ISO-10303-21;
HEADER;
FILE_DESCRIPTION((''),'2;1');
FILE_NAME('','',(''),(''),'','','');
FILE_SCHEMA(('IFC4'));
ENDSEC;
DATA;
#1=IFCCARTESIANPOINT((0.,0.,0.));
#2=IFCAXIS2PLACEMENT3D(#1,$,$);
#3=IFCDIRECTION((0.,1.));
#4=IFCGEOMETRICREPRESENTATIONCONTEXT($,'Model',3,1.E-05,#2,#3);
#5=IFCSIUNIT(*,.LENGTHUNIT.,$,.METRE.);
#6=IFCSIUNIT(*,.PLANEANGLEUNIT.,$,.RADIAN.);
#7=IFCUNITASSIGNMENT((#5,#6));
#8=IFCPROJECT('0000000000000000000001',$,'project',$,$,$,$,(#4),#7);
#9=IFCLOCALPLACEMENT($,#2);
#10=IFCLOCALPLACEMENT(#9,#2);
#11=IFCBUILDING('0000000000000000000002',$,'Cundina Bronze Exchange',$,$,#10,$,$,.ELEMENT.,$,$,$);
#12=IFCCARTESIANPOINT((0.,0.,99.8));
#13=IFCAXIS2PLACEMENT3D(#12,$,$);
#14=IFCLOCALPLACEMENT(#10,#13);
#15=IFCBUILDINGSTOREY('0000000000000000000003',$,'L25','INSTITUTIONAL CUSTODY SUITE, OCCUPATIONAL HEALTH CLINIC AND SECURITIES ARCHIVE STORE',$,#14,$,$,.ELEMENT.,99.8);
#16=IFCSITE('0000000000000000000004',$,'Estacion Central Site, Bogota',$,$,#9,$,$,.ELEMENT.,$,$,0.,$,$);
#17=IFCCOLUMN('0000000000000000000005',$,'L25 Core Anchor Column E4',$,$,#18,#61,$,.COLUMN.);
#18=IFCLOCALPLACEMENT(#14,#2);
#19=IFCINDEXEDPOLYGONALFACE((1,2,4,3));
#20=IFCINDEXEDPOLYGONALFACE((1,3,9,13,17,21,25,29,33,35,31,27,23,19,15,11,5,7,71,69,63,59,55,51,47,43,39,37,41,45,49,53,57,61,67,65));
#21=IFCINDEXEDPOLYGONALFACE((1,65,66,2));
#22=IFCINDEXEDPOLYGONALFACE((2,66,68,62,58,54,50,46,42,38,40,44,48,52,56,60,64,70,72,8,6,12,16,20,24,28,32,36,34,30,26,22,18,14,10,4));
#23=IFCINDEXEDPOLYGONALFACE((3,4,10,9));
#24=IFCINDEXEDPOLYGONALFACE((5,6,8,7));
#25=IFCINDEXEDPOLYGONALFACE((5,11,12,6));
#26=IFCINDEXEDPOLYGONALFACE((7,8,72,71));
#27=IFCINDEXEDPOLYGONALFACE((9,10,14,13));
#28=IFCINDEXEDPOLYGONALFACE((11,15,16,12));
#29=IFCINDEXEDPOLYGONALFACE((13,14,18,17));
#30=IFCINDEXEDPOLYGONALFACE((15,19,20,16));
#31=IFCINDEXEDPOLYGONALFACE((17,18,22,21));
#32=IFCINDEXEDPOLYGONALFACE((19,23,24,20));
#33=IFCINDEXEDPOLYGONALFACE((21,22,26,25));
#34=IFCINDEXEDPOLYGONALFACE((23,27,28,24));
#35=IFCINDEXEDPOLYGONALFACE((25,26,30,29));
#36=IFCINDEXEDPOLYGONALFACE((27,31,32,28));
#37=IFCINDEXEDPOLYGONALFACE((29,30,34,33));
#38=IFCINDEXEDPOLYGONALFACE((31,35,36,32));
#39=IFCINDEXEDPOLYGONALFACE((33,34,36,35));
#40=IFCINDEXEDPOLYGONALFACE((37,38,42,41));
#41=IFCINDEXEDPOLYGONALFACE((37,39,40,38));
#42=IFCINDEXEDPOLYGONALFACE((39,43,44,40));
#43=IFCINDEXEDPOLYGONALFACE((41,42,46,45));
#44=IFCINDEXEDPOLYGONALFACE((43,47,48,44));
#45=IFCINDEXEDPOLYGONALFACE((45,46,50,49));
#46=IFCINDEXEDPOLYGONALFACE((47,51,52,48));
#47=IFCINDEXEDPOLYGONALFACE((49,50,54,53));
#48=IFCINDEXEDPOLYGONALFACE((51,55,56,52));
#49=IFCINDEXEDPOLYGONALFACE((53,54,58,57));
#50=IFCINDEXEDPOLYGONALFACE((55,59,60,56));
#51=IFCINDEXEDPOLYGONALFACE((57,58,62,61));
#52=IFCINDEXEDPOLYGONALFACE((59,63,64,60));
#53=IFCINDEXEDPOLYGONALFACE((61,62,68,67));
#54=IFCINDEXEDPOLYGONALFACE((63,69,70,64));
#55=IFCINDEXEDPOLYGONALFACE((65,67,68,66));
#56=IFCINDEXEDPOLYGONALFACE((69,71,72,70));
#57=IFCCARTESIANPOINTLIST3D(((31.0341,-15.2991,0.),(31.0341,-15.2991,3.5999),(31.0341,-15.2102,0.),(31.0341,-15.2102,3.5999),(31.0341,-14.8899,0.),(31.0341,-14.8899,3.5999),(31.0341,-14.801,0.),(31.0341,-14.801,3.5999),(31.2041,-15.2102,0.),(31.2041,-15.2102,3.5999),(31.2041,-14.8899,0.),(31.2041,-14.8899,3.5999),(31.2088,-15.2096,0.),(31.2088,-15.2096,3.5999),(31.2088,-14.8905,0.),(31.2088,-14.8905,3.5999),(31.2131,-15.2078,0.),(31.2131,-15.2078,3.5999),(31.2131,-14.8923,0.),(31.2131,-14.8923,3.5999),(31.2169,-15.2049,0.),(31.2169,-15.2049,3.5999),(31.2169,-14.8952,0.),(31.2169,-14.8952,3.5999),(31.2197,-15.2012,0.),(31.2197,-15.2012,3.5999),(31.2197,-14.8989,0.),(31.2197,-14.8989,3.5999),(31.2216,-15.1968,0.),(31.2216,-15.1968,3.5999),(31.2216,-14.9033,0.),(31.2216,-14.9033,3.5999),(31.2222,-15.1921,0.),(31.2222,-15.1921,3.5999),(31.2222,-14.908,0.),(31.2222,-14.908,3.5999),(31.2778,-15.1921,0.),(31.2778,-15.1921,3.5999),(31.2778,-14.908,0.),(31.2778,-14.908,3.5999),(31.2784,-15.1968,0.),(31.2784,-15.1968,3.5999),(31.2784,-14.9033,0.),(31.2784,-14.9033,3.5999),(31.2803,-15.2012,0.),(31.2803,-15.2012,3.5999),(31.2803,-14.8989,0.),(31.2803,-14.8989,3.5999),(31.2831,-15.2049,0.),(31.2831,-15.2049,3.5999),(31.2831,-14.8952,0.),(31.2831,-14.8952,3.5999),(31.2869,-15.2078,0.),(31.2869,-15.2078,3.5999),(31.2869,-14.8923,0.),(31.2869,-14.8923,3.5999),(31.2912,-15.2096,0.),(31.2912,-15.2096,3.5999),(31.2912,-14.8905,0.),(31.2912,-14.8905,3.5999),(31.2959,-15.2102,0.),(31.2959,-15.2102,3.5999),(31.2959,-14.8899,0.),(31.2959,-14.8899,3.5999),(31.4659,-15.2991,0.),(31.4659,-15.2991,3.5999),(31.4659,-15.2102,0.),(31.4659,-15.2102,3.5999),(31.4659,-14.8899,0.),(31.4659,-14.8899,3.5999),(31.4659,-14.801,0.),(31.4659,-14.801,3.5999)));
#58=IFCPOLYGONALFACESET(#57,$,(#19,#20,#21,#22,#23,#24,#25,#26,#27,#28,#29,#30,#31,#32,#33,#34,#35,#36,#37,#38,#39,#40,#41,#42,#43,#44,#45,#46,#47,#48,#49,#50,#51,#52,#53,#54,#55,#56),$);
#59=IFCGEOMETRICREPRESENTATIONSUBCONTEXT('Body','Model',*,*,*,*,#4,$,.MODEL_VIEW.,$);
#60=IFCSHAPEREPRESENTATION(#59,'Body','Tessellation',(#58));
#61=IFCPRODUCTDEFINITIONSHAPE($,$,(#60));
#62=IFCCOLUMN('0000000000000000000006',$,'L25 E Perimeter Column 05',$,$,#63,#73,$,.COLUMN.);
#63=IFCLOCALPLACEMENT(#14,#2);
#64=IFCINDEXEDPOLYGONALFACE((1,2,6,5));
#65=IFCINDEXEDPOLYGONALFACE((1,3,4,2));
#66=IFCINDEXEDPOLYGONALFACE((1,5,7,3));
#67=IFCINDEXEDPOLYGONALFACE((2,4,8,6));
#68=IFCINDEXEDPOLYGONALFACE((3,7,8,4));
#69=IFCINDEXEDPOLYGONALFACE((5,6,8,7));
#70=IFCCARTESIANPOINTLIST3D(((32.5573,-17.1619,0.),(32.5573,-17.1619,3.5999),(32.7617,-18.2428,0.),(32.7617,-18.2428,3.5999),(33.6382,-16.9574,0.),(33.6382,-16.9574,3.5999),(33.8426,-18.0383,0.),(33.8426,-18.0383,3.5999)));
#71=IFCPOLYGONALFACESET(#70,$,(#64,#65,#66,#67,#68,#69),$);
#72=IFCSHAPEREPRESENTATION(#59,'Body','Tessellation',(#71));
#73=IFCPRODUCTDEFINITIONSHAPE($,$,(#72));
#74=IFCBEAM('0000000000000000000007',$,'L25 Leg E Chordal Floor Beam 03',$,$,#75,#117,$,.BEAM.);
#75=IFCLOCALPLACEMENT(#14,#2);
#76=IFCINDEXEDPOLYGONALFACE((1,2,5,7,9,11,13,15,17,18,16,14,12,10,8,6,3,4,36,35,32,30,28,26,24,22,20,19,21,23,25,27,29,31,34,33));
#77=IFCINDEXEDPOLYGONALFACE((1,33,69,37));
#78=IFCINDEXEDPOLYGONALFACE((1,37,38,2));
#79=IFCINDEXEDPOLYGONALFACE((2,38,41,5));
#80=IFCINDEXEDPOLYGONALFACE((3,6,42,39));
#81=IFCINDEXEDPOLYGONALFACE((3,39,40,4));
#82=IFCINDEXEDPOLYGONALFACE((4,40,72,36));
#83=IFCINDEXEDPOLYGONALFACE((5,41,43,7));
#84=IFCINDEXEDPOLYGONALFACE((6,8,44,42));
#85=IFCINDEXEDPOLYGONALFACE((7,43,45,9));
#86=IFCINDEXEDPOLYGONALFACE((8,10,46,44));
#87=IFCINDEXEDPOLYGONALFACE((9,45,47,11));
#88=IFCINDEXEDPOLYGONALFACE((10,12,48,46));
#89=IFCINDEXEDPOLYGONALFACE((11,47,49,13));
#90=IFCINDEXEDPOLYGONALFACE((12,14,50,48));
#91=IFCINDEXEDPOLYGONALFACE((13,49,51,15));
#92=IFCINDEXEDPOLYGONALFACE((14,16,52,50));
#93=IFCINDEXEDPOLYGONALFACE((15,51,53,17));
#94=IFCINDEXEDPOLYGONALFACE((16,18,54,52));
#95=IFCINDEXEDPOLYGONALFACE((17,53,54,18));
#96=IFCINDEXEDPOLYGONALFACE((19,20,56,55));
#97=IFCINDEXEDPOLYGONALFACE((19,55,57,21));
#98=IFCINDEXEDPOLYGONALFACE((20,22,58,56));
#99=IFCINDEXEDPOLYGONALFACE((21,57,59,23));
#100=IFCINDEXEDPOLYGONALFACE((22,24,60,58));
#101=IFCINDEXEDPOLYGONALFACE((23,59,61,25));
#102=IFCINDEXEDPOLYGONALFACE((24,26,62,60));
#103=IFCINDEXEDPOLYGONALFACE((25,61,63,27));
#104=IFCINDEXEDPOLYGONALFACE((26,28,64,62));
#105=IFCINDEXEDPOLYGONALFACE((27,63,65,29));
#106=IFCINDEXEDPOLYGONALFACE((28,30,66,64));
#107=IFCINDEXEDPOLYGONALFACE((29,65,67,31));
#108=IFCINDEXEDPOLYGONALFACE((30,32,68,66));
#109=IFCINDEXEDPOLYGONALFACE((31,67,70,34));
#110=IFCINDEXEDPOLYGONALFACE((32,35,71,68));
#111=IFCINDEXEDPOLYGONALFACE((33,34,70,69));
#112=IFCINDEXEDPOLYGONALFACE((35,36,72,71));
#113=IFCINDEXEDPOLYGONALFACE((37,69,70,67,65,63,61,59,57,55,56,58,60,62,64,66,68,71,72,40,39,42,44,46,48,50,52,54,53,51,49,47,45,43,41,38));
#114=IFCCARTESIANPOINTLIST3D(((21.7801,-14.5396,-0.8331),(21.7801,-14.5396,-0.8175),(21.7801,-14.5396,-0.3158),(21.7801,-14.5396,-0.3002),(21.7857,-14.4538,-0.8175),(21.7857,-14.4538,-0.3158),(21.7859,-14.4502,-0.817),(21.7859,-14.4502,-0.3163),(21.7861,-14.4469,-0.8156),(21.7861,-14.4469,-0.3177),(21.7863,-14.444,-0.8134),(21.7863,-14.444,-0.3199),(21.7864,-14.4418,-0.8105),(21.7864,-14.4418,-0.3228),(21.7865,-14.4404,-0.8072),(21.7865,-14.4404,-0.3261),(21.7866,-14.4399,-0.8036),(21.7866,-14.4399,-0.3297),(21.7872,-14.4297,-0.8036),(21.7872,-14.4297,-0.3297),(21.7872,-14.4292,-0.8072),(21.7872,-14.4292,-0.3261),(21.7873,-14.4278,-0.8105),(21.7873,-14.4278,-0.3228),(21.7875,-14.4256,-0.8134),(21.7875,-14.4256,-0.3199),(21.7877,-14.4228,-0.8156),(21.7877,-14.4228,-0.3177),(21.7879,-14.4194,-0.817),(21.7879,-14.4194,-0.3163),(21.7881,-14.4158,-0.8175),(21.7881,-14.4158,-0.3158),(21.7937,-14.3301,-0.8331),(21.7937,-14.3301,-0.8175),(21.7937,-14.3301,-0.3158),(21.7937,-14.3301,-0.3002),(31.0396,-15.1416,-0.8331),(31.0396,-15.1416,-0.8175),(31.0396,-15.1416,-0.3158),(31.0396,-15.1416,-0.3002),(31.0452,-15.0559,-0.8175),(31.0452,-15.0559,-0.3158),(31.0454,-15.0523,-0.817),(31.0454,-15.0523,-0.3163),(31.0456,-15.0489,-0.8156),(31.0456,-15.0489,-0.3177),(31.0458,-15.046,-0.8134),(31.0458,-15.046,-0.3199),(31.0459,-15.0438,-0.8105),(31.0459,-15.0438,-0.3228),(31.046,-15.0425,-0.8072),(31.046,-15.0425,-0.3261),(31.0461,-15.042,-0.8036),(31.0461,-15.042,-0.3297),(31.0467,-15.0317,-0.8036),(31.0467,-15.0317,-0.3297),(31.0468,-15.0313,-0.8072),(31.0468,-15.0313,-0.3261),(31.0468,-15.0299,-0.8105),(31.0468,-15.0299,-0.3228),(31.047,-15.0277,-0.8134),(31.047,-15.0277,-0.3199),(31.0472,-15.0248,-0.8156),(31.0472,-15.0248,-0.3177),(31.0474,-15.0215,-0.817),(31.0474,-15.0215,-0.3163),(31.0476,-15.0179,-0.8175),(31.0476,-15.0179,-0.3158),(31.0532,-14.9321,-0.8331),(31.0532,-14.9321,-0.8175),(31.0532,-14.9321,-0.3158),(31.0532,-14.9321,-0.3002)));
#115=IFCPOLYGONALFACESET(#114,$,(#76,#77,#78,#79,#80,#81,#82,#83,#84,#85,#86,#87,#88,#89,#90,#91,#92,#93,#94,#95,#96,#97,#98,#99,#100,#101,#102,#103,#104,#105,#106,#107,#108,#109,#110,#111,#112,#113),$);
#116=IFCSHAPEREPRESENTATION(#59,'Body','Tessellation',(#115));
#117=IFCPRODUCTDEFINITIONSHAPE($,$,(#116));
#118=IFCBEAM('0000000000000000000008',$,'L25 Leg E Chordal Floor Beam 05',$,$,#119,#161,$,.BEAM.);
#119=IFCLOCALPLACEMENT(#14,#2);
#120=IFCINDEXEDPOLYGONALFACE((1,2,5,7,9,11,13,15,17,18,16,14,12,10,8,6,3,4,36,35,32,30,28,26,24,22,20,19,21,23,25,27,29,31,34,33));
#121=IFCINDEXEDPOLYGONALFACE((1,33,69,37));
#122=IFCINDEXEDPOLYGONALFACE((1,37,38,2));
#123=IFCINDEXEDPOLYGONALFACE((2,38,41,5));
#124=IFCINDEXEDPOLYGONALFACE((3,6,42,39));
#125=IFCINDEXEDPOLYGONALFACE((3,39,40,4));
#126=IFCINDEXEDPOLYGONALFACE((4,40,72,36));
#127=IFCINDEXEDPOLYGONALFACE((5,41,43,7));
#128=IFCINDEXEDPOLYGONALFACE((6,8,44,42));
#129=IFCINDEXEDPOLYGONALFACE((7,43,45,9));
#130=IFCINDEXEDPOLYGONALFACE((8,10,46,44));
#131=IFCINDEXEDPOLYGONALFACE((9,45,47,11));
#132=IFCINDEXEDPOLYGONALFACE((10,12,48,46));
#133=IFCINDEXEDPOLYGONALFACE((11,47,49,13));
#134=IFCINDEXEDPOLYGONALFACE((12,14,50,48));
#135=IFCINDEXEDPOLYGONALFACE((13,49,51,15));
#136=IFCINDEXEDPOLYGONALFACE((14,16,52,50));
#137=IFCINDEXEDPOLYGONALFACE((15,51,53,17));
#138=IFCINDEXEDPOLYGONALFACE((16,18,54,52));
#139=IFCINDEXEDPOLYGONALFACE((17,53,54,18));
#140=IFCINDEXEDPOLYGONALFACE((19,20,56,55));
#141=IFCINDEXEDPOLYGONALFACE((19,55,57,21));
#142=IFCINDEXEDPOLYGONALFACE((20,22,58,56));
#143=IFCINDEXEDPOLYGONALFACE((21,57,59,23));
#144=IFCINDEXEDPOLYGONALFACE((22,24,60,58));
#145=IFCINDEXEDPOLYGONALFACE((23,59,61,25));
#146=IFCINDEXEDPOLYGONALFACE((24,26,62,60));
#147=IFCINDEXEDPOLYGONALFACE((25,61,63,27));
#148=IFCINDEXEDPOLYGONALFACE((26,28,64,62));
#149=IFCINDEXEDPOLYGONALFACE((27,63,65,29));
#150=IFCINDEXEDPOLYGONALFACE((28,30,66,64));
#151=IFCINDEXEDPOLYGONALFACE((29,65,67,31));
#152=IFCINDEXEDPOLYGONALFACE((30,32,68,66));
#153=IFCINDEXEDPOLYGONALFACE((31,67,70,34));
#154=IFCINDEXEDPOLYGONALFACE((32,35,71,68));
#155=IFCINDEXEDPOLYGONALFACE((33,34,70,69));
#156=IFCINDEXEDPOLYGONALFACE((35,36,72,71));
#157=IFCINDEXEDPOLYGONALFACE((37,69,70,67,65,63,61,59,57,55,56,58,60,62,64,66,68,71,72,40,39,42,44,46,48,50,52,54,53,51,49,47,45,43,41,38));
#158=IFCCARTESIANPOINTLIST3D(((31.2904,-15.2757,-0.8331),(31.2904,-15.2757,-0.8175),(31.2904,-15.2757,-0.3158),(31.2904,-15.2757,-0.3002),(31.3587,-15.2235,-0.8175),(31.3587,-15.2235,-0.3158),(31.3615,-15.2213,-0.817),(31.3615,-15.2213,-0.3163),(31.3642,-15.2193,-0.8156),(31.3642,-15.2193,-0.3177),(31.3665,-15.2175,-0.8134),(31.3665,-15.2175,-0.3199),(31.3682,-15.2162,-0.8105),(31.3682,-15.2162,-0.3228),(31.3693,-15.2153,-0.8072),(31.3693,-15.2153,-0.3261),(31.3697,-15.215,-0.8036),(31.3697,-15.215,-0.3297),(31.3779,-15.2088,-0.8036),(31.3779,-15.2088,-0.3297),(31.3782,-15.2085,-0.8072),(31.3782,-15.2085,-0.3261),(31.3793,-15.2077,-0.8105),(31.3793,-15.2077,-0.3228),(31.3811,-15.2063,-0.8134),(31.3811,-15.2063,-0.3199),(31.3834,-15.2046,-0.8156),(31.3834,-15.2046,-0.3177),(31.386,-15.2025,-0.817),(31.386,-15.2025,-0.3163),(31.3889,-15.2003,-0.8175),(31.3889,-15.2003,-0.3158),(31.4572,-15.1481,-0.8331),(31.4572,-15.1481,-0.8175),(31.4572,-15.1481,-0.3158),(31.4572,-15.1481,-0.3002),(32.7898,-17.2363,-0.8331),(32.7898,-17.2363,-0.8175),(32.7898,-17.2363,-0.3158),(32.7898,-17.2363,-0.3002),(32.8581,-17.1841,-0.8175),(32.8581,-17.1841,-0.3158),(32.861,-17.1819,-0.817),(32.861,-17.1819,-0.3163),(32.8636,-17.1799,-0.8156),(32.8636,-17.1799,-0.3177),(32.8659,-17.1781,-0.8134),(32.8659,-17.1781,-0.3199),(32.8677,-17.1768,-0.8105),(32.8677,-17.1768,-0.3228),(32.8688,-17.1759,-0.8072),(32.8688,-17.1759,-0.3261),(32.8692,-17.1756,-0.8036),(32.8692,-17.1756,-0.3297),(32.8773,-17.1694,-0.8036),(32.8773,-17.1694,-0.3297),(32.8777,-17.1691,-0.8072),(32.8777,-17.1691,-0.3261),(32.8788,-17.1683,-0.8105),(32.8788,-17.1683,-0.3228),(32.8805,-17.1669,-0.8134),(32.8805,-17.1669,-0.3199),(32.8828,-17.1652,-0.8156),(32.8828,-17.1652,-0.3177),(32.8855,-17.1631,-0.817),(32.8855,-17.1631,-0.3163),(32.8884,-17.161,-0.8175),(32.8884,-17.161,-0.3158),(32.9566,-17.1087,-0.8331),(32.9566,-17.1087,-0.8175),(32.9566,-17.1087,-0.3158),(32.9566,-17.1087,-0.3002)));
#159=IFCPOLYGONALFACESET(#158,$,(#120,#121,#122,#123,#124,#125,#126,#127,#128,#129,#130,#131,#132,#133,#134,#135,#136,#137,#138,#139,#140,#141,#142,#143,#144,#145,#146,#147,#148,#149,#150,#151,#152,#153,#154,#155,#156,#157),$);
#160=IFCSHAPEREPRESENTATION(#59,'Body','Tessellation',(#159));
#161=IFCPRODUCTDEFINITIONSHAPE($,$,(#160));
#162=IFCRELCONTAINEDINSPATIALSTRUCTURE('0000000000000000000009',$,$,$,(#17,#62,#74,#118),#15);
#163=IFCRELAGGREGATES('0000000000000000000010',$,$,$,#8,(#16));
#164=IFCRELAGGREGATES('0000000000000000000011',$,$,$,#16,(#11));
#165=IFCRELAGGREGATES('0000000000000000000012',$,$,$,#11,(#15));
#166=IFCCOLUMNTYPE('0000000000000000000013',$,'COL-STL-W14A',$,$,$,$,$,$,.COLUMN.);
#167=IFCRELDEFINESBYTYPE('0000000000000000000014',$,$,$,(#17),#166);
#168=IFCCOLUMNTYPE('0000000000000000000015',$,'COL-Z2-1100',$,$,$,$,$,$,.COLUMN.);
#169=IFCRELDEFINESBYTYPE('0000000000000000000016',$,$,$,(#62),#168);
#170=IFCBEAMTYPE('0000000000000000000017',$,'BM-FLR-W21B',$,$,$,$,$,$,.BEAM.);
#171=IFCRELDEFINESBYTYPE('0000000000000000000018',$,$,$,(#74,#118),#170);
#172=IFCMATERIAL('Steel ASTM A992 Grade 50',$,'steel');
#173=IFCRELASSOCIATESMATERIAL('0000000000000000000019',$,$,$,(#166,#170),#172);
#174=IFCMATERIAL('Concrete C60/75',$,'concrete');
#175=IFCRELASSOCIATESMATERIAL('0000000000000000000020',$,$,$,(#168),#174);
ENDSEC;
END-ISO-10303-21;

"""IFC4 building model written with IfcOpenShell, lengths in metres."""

from ifc_helpers import new_model, si_unit, direction, frame, origin, origin_2d, place, context, subcontext, project, spatial, rectangle, i_section, extrude, material, material_profile, profile_set, type_object, element, save


model = new_model("IFC4")

# Units and contexts
model_context = context("Model", 3, precision=1e-05, world=origin(), true_north=direction((0.0, 1.0)))
body_context = subcontext(model_context, "Body", "Model", "MODEL_VIEW")
ifc_project = project(units=[si_unit("LENGTHUNIT", "METRE"), si_unit("PLANEANGLEUNIT", "RADIAN")], contexts=[model_context])

# Site, building, storey
site_placement = place(None, origin())
site = spatial("IfcSite", under=ifc_project, at=site_placement, Name="Estacion Central Site, Bogota", CompositionType="ELEMENT", RefElevation=0.0)
building_placement = place(site_placement, origin())
building = spatial("IfcBuilding", under=site, at=building_placement, Name="Cundina Bronze Exchange", CompositionType="ELEMENT")
storey_placement = place(building_placement, frame((0.0, 0.0, 99.8)))
storey = spatial("IfcBuildingStorey", under=building, at=storey_placement, Name="L25", Description="INSTITUTIONAL CUSTODY SUITE, OCCUPATIONAL HEALTH CLINIC AND SECURITIES ARCHIVE STORE", CompositionType="ELEMENT", Elevation=99.8)

# Columns
ifc_material_1 = material(Name="Steel ASTM A992 Grade 50", Category="steel")
ifc_material_profile_1 = material_profile(ifc_material_1, i_section(OverallWidth=0.4319, OverallDepth=0.498, WebThickness=0.0557, FlangeThickness=0.0889, FilletRadius=0.0181, at=origin_2d()), Name="W14X500", Category="steel")
ifc_profile_set_1 = profile_set([ifc_material_profile_1], Name="Steel ASTM A992 Grade 50")
column_type_1 = type_object("IfcColumnType", Name="COL-STL-W14A", PredefinedType="COLUMN", material=ifc_profile_set_1)
column_1_placement = place(storey_placement, frame((31.25, -15.05, 0.0), z_axis=(0.0, 0.0, 1.0), x_axis=(1.0, 0.0, 0.0)))
element("IfcColumn", 1, at=column_1_placement, inside=storey, type_object=column_type_1, Name="L25 Core Anchor Column E4", PredefinedType="COLUMN", context=body_context, shape_type="SweptSolid", body=[
    extrude(i_section(OverallWidth=0.4319, OverallDepth=0.498, WebThickness=0.0557, FlangeThickness=0.0889, FilletRadius=0.0181, at=origin_2d()), origin(), (0.0, 0.0, 1.0), 3.5999),
])
ifc_material_2 = material(Name="Concrete C60/75", Category="concrete")
ifc_material_profile_2 = material_profile(ifc_material_2, rectangle(XDim=1.1001, YDim=1.1001, at=origin_2d()), Name="RC1100X1100", Category="concrete")
ifc_profile_set_2 = profile_set([ifc_material_profile_2], Name="Concrete C60/75")
column_type_2 = type_object("IfcColumnType", Name="COL-Z2-1100", PredefinedType="COLUMN", material=ifc_profile_set_2)
column_2_placement = place(storey_placement, frame((33.2, -17.6001, 0.0), z_axis=(0.0, 0.0, 1.0), x_axis=(0.98258, 0.185838, 0.0)))
element("IfcColumn", 2, at=column_2_placement, inside=storey, type_object=column_type_2, Name="L25 E Perimeter Column 05", PredefinedType="COLUMN", context=body_context, shape_type="SweptSolid", body=[
    extrude(rectangle(XDim=1.1001, YDim=1.1001, at=origin_2d()), origin(), (0.0, 0.0, 1.0), 3.5999),
])

# Beams
ifc_material_profile_3 = material_profile(ifc_material_1, i_section(OverallWidth=0.21, OverallDepth=0.533, WebThickness=0.0103, FlangeThickness=0.0156, FilletRadius=0.0139, at=origin_2d()), Name="W21X62", Category="steel")
ifc_profile_set_3 = profile_set([ifc_material_profile_3], Name="Steel ASTM A992 Grade 50")
beam_type_1 = type_object("IfcBeamType", Name="BM-FLR-W21B", PredefinedType="BEAM", material=ifc_profile_set_3)
beam_1_placement = place(storey_placement, frame((31.0464, -15.0369, -0.5667), z_axis=(-0.997893, 0.064883, 0.0), x_axis=(-0.064883, -0.997893, 0.0)))
element("IfcBeam", 3, at=beam_1_placement, inside=storey, type_object=beam_type_1, Name="L25 Leg E Chordal Floor Beam 03", PredefinedType="BEAM", context=body_context, shape_type="SweptSolid", body=[
    extrude(i_section(OverallWidth=0.21, OverallDepth=0.533, WebThickness=0.0103, FlangeThickness=0.0156, FilletRadius=0.0139, at=origin_2d()), origin(), (0.0, 0.0, 1.0), 9.2791),
])
beam_2_placement = place(storey_placement, frame((31.3738, -15.2119, -0.5667), z_axis=(0.60749, -0.794327, 0.0), x_axis=(0.794327, 0.60749, 0.0)))
element("IfcBeam", 4, at=beam_2_placement, inside=storey, type_object=beam_type_1, Name="L25 Leg E Chordal Floor Beam 05", PredefinedType="BEAM", context=body_context, shape_type="SweptSolid", body=[
    extrude(i_section(OverallWidth=0.21, OverallDepth=0.533, WebThickness=0.0103, FlangeThickness=0.0156, FilletRadius=0.0139, at=origin_2d()), origin(), (0.0, 0.0, 1.0), 2.4683),
])

save(model, "model.ifc")
